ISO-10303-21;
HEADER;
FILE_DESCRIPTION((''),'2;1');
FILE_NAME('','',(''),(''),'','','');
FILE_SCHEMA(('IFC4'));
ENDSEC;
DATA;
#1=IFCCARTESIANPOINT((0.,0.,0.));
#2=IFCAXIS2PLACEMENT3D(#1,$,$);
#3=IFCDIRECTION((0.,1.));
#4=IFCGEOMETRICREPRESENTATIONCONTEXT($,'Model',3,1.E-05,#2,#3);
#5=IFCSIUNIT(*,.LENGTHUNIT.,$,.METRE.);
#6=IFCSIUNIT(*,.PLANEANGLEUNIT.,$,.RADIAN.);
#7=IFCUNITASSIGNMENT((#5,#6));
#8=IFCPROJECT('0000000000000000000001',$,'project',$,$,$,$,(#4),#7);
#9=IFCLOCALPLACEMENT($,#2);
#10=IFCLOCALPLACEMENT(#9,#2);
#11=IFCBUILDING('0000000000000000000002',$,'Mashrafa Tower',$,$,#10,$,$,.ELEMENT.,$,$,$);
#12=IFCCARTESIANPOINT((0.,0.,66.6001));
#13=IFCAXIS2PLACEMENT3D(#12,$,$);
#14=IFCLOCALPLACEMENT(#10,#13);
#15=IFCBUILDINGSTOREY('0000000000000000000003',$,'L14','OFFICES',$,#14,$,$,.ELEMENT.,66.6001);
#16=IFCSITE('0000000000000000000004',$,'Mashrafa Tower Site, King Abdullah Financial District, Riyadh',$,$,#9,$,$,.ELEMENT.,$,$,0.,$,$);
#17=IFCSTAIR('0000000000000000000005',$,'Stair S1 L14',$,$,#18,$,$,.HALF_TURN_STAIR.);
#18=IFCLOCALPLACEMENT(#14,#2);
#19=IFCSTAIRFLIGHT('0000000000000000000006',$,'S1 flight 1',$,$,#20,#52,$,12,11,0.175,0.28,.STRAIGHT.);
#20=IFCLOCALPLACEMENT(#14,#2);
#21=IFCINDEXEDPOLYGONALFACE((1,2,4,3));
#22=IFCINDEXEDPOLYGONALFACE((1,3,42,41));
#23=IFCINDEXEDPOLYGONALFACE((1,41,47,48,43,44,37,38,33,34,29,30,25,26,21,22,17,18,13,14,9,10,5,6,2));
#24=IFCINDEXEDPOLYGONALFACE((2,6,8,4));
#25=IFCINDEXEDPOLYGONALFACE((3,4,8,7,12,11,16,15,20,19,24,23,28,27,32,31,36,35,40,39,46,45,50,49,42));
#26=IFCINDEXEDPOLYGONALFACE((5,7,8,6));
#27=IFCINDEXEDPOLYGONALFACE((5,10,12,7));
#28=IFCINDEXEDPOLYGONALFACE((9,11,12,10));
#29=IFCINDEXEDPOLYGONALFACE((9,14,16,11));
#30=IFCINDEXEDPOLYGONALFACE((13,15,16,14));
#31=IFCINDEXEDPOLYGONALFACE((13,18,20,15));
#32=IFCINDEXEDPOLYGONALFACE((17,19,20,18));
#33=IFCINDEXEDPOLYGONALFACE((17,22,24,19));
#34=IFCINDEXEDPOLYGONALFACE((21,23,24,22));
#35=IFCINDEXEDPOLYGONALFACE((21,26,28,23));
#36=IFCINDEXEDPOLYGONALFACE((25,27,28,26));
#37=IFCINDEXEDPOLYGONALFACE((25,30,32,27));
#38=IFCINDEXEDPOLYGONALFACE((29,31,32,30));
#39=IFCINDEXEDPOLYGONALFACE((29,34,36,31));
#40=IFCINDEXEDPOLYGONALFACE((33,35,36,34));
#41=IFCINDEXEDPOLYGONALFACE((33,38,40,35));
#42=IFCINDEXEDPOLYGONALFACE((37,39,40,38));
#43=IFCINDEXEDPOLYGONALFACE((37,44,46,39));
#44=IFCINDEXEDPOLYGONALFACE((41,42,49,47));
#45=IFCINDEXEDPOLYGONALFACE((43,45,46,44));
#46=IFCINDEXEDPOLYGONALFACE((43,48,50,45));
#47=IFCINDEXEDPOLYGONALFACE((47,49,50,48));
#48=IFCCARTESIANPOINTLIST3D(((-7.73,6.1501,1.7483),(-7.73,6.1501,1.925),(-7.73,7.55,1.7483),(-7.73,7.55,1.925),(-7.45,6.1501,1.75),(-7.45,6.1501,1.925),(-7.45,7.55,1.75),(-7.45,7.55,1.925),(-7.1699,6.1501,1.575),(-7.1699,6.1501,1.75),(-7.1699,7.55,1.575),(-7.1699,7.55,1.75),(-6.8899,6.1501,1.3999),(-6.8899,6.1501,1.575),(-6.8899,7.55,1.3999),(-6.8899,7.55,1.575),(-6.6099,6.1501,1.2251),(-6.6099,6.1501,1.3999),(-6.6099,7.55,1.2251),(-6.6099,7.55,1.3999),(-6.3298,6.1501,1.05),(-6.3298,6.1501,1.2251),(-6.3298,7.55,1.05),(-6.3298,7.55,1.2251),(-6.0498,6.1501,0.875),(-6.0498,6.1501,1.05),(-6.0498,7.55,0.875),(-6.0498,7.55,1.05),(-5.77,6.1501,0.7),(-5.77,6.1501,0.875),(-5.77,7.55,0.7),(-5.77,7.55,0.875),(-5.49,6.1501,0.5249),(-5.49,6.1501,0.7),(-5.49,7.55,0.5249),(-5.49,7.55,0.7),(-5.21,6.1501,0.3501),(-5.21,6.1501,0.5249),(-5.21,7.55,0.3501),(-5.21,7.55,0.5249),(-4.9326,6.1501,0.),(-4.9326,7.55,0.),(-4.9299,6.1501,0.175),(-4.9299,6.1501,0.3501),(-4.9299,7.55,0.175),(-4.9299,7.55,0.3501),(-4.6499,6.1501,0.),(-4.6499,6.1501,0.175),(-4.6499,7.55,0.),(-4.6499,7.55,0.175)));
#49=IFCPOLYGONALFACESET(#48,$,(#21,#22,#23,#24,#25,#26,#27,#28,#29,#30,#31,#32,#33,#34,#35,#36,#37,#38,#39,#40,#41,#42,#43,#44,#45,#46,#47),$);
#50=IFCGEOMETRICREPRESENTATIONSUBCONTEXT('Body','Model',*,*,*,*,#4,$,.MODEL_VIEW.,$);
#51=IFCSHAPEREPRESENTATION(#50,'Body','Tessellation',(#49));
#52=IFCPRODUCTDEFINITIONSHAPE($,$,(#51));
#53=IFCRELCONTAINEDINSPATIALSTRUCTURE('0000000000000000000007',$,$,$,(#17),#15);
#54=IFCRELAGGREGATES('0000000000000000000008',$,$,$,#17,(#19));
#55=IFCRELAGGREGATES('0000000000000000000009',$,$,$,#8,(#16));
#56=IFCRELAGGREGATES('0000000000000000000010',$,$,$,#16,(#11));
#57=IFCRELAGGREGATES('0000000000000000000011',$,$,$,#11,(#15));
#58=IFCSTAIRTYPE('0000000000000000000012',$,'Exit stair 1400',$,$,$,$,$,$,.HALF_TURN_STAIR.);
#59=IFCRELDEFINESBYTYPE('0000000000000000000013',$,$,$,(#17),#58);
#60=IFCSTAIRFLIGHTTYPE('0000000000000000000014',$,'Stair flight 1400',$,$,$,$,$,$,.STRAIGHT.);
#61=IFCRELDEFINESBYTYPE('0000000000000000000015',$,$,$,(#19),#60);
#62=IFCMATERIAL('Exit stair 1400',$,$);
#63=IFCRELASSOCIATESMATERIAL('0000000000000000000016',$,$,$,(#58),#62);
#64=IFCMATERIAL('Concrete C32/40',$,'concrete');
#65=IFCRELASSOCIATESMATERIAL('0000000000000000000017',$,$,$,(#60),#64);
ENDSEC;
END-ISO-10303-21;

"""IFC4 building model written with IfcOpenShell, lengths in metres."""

from ifc_helpers import new_model, si_unit, direction, frame, origin, place, context, subcontext, project, spatial, polyline, outline, extrude, material, type_object, element, aggregate, save


model = new_model("IFC4")

# Units and contexts
model_context = context("Model", 3, precision=1e-05, world=origin(), true_north=direction((0.0, 1.0)))
body_context = subcontext(model_context, "Body", "Model", "MODEL_VIEW")
ifc_project = project(units=[si_unit("LENGTHUNIT", "METRE"), si_unit("PLANEANGLEUNIT", "RADIAN")], contexts=[model_context])

# Site, building, storey
site_placement = place(None, origin())
site = spatial("IfcSite", under=ifc_project, at=site_placement, Name="Mashrafa Tower Site, King Abdullah Financial District, Riyadh", CompositionType="ELEMENT", RefElevation=0.0)
building_placement = place(site_placement, origin())
building = spatial("IfcBuilding", under=site, at=building_placement, Name="Mashrafa Tower", CompositionType="ELEMENT")
storey_placement = place(building_placement, frame((0.0, 0.0, 66.6001)))
storey = spatial("IfcBuildingStorey", under=building, at=storey_placement, Name="L14", Description="OFFICES", CompositionType="ELEMENT", Elevation=66.6001)

# Stair, stair flight
ifc_material_1 = material(Name="Exit stair 1400")
stair_type = type_object("IfcStairType", Name="Exit stair 1400", PredefinedType="HALF_TURN_STAIR", material=ifc_material_1)
stair_placement = place(storey_placement, origin())
stair = element("IfcStair", 1, at=stair_placement, inside=storey, type_object=stair_type, Name="Stair S1 L14", PredefinedType="HALF_TURN_STAIR")
ifc_material_2 = material(Name="Concrete C32/40", Category="concrete")
stair_flight_type = type_object("IfcStairFlightType", Name="Stair flight 1400", PredefinedType="STRAIGHT", material=ifc_material_2)
stair_flight_placement = place(storey_placement, frame((-4.6499, 6.8501, 0.0), z_axis=(0.0, 0.0, 1.0), x_axis=(-1.0, 0.0, 0.0)))
stair_flight = element("IfcStairFlight", 2, at=stair_flight_placement, type_object=stair_flight_type, Name="S1 flight 1", NumberOfRisers=12, NumberOfTreads=11, PredefinedType="STRAIGHT", RiserHeight=0.175, TreadLength=0.28, context=body_context, shape_type="SweptSolid", body=[
    extrude(outline(polyline([(0.0, 0.0), (0.0, 0.175), (0.28, 0.175), (0.28, 0.3501), (0.5601, 0.3501), (0.5601, 0.5249), (0.8401, 0.5249), (0.8401, 0.7), (1.1201, 0.7), (1.1201, 0.875), (1.3999, 0.875), (1.3999, 1.05), (1.6799, 1.05), (1.6799, 1.2251), (1.96, 1.2251), (1.96, 1.3999), (2.24, 1.3999), (2.24, 1.575), (2.52, 1.575), (2.52, 1.75), (2.8, 1.75), (2.8, 1.925), (3.0801, 1.925), (3.0801, 2.1001), (3.0801, 1.7483), (0.2827, 0.0), (0.0, 0.0)])), frame((0.0, 0.7, 0.0), z_axis=(0.0, -1.0, 0.0), x_axis=(1.0, 0.0, 0.0)), (0.0, 0.0, 1.0), 1.3999),
])
aggregate(stair, [stair_flight])

save(model, "model.ifc")
